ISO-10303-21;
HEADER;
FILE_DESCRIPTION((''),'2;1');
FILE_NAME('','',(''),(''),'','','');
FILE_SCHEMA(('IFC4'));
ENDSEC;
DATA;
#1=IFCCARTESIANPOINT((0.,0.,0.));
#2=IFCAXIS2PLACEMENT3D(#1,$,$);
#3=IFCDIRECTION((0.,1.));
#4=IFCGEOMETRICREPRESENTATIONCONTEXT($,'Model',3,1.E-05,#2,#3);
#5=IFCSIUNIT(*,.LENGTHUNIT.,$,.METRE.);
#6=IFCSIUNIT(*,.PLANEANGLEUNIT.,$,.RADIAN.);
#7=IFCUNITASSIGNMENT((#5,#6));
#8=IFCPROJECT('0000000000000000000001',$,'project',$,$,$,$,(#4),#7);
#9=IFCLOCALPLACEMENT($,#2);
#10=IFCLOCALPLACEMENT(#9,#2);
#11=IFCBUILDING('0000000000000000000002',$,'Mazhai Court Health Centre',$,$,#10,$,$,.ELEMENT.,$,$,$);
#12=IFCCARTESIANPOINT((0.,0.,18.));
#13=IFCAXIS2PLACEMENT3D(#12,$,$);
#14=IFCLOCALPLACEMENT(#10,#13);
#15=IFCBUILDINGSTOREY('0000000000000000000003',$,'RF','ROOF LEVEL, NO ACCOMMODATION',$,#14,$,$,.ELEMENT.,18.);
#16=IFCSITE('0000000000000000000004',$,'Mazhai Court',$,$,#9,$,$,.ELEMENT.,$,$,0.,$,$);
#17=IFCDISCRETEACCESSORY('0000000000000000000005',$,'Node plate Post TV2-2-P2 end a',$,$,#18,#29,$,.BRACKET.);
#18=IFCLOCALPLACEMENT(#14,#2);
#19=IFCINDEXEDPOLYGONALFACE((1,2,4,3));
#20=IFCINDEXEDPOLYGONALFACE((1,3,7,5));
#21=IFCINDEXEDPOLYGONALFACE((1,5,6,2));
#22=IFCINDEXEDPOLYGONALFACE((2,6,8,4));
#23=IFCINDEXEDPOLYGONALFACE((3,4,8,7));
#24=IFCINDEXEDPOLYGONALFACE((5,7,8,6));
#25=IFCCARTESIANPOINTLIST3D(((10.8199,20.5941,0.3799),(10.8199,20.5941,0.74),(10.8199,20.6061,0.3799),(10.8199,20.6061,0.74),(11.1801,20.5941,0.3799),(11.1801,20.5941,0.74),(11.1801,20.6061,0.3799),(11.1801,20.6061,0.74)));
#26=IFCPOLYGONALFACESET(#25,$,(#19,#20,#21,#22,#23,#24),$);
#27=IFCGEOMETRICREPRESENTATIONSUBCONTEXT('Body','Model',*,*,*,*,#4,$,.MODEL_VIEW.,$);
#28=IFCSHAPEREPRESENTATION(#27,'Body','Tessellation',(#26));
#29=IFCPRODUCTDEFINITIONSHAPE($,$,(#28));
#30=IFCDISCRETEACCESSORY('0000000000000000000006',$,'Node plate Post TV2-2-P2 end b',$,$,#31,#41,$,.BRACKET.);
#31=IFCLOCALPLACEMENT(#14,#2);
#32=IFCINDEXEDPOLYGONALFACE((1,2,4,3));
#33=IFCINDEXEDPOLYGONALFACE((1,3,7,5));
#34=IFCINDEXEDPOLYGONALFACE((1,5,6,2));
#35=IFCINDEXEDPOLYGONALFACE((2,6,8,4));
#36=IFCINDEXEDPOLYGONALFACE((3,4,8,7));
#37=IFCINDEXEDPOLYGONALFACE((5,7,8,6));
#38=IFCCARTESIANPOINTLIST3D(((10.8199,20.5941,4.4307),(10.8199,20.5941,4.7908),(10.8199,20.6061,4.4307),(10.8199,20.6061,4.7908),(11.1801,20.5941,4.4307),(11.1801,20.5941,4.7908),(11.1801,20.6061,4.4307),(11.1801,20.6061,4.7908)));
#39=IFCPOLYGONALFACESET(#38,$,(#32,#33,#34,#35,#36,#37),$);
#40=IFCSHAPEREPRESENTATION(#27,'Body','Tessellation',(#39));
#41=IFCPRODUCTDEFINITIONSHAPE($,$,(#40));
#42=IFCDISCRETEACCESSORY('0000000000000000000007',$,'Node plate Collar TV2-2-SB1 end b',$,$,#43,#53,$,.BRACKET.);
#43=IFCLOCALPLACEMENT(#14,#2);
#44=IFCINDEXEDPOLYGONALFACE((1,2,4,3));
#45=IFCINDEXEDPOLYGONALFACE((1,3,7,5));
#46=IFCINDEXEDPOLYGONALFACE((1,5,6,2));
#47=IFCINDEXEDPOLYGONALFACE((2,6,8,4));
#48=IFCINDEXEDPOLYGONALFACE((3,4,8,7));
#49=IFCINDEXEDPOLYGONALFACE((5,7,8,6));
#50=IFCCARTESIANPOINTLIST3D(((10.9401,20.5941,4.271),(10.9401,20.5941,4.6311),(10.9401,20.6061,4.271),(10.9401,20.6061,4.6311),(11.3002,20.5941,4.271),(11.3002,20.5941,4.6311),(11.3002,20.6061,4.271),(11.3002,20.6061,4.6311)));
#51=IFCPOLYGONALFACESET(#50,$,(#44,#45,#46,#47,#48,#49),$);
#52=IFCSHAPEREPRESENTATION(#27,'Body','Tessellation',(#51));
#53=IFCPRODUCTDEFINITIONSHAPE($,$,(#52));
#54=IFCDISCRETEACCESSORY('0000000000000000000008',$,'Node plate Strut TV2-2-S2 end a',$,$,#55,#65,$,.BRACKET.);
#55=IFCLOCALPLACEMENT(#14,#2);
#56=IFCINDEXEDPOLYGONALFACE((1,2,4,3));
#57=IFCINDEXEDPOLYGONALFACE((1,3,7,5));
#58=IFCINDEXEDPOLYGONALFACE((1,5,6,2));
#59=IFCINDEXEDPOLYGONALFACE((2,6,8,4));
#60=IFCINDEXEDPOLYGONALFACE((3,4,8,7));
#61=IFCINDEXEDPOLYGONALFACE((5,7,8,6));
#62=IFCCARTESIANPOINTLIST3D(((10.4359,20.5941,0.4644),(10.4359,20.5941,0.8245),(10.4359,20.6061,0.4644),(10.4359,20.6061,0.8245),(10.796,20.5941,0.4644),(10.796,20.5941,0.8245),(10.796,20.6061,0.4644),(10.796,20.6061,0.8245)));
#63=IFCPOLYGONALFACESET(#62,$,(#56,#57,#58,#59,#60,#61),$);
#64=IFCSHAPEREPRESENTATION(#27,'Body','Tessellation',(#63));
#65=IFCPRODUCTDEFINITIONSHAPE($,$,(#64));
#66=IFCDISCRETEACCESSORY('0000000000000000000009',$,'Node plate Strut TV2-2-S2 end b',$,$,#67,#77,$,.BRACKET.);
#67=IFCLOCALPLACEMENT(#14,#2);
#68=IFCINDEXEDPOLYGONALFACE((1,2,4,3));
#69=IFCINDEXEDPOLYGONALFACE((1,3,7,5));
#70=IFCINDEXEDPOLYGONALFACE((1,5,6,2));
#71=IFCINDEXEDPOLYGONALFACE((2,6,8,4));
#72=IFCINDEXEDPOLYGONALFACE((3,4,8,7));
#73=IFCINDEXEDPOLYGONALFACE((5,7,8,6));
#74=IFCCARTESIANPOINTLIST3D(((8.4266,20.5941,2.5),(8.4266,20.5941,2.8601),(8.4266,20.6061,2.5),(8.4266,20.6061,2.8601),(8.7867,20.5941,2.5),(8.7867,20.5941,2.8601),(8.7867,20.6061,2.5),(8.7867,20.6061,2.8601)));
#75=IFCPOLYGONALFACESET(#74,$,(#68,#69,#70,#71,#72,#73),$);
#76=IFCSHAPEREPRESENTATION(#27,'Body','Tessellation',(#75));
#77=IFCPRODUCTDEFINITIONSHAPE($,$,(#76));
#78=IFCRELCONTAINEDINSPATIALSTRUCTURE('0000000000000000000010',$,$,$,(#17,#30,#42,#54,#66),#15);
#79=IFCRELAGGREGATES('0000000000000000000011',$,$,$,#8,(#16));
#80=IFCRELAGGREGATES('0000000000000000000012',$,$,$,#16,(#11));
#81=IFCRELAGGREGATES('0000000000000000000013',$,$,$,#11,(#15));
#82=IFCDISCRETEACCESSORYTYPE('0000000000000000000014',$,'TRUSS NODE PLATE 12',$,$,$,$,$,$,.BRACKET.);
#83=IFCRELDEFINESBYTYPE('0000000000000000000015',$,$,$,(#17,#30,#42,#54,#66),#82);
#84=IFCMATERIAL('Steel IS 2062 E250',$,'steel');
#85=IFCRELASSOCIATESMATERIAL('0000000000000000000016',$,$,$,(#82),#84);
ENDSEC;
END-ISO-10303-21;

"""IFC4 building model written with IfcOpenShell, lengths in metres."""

from ifc_helpers import new_model, si_unit, direction, frame, origin, origin_2d, place, context, subcontext, project, spatial, rectangle, extrude, material, type_object, element, save


model = new_model("IFC4")

# Units and contexts
model_context = context("Model", 3, precision=1e-05, world=origin(), true_north=direction((0.0, 1.0)))
body_context = subcontext(model_context, "Body", "Model", "MODEL_VIEW")
ifc_project = project(units=[si_unit("LENGTHUNIT", "METRE"), si_unit("PLANEANGLEUNIT", "RADIAN")], contexts=[model_context])

# Site, building, storey
site_placement = place(None, origin())
site = spatial("IfcSite", under=ifc_project, at=site_placement, Name="Mazhai Court", CompositionType="ELEMENT", RefElevation=0.0)
building_placement = place(site_placement, origin())
building = spatial("IfcBuilding", under=site, at=building_placement, Name="Mazhai Court Health Centre", CompositionType="ELEMENT")
storey_placement = place(building_placement, frame((0.0, 0.0, 18.0)))
storey = spatial("IfcBuildingStorey", under=building, at=storey_placement, Name="RF", Description="ROOF LEVEL, NO ACCOMMODATION", CompositionType="ELEMENT", Elevation=18.0)

# Discrete accessories
ifc_material_1 = material(Name="Steel IS 2062 E250", Category="steel")
discrete_accessory_type = type_object("IfcDiscreteAccessoryType", Name="TRUSS NODE PLATE 12", PredefinedType="BRACKET", material=ifc_material_1)
for number, where, z_axis, x_axis, name in (
    (1, (11.0, 20.6001, 0.3799), (0.0, 0.0, 1.0), (1.0, 0.0, 0.0), "Node plate Post TV2-2-P2 end a"),
    (2, (11.0, 20.6001, 4.4307), (0.0, 0.0, 1.0), (1.0, 0.0, 0.0), "Node plate Post TV2-2-P2 end b"),
    (3, (11.1201, 20.6001, 4.271), (0.0, 0.0, 1.0), (1.0, 0.0, 0.0), "Node plate Collar TV2-2-SB1 end b"),
    (4, (10.616, 20.6001, 0.4644), (0.0, 0.0, 1.0), (1.0, 0.0, 0.0), "Node plate Strut TV2-2-S2 end a"),
    (5, (8.6067, 20.6001, 2.5), (0.0, 0.0, 1.0), (1.0, 0.0, 0.0), "Node plate Strut TV2-2-S2 end b"),
):
    element("IfcDiscreteAccessory", number, at=place(storey_placement, frame(where, z_axis=z_axis, x_axis=x_axis)), inside=storey, type_object=discrete_accessory_type, Name=name, PredefinedType="BRACKET", context=body_context, shape_type="SweptSolid", body=[
        extrude(rectangle(XDim=0.3601, YDim=0.012, at=origin_2d()), origin(), (0.0, 0.0, 1.0), 0.3601),
    ])

save(model, "model.ifc")
